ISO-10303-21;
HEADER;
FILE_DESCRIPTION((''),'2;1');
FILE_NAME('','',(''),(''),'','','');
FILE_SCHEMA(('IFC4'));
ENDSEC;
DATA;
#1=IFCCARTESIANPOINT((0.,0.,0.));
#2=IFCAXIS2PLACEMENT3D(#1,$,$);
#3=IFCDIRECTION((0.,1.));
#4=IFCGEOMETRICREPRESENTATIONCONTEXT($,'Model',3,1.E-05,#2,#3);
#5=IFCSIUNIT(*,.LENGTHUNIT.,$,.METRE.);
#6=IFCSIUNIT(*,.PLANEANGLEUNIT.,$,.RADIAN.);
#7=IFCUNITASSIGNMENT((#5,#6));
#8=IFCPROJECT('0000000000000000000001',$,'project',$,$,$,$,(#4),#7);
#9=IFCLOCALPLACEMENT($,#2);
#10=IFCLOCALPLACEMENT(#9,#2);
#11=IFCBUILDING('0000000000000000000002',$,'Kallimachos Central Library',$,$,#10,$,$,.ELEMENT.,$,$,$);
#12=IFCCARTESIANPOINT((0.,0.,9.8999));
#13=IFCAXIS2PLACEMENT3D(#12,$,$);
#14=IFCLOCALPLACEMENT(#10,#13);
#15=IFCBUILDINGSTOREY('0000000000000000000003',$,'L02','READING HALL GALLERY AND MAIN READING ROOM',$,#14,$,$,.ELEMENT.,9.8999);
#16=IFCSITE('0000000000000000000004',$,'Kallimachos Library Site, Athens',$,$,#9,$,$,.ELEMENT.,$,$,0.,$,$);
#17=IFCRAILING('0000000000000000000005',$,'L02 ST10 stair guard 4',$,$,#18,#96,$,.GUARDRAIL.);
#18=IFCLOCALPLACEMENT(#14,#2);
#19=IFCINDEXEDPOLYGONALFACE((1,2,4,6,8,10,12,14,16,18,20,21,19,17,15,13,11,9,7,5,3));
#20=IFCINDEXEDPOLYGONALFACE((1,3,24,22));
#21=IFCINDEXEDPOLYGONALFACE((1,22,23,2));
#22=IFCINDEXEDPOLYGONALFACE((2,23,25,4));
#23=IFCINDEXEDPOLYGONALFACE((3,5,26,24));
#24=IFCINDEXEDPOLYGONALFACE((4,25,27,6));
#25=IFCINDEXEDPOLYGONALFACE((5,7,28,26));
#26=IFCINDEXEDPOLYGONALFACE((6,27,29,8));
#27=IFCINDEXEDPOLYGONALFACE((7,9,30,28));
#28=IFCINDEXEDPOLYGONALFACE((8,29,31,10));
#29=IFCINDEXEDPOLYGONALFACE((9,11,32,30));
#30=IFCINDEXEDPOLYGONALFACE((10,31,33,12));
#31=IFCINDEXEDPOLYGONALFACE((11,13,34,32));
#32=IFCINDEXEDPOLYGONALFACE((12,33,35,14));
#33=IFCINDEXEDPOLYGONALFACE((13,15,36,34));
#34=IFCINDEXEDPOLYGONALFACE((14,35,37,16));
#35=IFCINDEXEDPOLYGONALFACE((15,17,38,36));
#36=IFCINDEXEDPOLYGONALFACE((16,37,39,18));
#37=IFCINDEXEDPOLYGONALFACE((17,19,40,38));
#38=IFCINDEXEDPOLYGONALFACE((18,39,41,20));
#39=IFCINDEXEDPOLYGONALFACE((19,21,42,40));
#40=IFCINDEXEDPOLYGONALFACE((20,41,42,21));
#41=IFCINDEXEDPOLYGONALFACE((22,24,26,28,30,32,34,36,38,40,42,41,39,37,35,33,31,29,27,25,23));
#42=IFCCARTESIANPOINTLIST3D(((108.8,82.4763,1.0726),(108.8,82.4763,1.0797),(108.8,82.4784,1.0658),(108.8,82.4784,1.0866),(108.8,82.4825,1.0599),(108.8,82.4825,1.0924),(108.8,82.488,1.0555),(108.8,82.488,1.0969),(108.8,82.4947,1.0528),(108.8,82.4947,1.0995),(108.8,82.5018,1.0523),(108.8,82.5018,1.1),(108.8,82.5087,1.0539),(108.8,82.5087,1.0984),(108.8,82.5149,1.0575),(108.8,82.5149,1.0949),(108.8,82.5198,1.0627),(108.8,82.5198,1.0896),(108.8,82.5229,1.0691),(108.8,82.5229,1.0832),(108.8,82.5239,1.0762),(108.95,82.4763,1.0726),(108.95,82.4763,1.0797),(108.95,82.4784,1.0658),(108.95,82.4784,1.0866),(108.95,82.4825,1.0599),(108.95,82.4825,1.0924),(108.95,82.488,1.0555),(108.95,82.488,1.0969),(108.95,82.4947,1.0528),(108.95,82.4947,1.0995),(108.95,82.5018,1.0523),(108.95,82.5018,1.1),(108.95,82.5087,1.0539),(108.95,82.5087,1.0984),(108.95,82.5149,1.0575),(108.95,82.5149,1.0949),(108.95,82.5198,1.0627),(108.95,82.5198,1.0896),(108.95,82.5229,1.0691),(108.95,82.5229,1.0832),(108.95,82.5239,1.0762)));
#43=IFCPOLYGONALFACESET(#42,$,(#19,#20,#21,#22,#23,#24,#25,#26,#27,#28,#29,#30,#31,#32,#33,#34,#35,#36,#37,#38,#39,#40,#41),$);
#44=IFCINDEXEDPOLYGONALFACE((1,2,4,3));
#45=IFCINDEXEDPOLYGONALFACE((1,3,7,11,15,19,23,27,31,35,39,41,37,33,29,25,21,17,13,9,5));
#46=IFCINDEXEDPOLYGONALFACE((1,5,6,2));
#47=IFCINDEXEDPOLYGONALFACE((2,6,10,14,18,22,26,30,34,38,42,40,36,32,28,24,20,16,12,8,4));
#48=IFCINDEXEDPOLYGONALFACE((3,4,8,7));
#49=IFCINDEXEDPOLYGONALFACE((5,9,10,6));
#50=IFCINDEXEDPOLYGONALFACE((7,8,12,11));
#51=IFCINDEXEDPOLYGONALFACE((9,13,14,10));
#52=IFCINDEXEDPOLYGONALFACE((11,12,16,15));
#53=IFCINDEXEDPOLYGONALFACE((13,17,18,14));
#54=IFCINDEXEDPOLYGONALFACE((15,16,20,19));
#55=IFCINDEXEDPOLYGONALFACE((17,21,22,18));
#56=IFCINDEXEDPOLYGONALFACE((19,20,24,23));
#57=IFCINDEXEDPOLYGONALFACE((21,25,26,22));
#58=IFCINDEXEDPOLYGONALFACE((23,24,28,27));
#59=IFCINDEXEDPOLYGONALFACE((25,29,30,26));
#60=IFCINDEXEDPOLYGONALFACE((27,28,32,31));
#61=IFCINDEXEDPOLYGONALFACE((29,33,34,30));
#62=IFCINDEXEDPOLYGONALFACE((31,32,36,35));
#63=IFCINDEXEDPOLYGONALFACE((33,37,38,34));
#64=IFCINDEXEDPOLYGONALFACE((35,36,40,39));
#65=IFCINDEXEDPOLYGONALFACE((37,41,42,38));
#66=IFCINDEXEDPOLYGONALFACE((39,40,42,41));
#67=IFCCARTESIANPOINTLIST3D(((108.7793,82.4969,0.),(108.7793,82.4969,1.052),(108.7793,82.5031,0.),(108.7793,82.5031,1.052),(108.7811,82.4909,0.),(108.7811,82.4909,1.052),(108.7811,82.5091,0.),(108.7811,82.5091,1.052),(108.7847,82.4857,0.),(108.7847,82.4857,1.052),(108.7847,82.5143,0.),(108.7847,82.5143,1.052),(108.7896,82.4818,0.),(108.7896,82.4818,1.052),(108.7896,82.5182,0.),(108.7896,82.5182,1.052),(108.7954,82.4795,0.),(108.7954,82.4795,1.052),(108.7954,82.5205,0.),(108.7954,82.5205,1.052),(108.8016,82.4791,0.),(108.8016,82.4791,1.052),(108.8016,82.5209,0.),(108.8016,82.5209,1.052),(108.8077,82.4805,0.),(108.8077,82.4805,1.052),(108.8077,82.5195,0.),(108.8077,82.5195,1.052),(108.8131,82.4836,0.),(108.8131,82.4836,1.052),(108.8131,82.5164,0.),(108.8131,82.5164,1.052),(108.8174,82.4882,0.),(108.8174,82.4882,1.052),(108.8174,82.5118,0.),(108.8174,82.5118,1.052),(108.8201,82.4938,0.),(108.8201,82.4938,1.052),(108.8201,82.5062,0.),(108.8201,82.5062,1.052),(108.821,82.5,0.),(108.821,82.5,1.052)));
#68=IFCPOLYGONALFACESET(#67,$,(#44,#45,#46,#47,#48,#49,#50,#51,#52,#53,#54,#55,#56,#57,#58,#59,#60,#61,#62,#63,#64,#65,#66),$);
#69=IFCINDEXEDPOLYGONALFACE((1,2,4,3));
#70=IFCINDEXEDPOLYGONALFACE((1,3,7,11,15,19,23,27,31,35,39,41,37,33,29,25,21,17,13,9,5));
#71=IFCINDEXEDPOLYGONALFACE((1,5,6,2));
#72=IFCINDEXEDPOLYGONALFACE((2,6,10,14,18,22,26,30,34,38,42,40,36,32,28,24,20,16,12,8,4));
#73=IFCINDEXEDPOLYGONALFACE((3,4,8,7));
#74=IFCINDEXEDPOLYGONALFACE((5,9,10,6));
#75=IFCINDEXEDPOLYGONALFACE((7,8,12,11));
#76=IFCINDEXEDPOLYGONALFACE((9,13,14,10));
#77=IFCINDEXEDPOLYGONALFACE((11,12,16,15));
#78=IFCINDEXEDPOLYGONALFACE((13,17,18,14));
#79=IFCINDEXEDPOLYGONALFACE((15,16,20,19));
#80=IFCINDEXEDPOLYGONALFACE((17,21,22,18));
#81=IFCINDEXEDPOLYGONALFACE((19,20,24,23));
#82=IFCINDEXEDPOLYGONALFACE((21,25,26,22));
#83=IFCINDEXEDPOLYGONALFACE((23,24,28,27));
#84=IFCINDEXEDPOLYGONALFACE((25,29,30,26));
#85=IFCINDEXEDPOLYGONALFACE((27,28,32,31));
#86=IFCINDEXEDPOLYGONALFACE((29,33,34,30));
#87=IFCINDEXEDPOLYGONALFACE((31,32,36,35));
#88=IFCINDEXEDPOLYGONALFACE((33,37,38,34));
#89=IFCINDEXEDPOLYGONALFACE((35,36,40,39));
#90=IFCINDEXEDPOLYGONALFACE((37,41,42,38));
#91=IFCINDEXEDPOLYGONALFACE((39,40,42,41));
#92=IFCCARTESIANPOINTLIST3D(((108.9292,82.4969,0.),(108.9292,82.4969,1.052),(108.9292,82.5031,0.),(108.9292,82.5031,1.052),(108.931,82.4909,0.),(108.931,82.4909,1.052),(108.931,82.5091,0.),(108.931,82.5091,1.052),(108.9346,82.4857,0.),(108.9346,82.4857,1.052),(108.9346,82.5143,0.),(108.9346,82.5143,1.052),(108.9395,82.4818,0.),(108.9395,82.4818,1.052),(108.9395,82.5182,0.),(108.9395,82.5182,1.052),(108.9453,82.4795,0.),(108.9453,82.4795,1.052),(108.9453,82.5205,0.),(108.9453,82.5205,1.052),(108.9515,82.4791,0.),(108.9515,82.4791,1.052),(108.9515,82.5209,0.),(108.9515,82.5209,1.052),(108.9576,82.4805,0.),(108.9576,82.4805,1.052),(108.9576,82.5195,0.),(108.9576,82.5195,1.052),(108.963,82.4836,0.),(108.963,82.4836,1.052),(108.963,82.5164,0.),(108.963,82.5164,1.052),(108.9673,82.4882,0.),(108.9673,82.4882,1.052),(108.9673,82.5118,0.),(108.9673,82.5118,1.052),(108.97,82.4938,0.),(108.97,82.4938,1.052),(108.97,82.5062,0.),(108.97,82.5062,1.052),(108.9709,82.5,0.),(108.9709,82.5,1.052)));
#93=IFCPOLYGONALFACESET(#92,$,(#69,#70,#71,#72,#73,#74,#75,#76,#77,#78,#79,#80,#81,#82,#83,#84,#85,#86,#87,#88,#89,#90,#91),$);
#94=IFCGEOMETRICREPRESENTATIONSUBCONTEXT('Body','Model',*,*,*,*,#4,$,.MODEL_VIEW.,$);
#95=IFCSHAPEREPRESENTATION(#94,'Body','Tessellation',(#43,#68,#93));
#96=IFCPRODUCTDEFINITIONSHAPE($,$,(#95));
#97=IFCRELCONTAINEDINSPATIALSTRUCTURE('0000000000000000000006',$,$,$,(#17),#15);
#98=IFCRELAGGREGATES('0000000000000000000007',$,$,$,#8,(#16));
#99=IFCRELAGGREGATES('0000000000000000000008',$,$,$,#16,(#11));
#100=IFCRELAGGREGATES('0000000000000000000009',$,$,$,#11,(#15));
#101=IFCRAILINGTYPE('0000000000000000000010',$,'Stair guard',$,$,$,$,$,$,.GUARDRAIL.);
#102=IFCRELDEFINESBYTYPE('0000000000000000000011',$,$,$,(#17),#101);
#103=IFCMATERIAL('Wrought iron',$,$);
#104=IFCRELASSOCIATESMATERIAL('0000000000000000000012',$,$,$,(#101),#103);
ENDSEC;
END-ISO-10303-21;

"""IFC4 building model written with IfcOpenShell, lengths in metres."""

from ifc_helpers import new_model, si_unit, direction, frame, origin, origin_2d, place, context, subcontext, project, spatial, circle, extrude, material, type_object, element, save


model = new_model("IFC4")

# Units and contexts
model_context = context("Model", 3, precision=1e-05, world=origin(), true_north=direction((0.0, 1.0)))
body_context = subcontext(model_context, "Body", "Model", "MODEL_VIEW")
ifc_project = project(units=[si_unit("LENGTHUNIT", "METRE"), si_unit("PLANEANGLEUNIT", "RADIAN")], contexts=[model_context])

# Site, building, storey
site_placement = place(None, origin())
site = spatial("IfcSite", under=ifc_project, at=site_placement, Name="Kallimachos Library Site, Athens", CompositionType="ELEMENT", RefElevation=0.0)
building_placement = place(site_placement, origin())
building = spatial("IfcBuilding", under=site, at=building_placement, Name="Kallimachos Central Library", CompositionType="ELEMENT")
storey_placement = place(building_placement, frame((0.0, 0.0, 9.8999)))
storey = spatial("IfcBuildingStorey", under=building, at=storey_placement, Name="L02", Description="READING HALL GALLERY AND MAIN READING ROOM", CompositionType="ELEMENT", Elevation=9.8999)

# Railing
ifc_material_1 = material(Name="Wrought iron")
railing_type_1 = type_object("IfcRailingType", Name="Stair guard", PredefinedType="GUARDRAIL", material=ifc_material_1)
railing_1_placement = place(storey_placement, frame((108.8, 82.5, 0.0)))
element("IfcRailing", 1, at=railing_1_placement, inside=storey, type_object=railing_type_1, Name="L02 ST10 stair guard 4", PredefinedType="GUARDRAIL", context=body_context, shape_type="SweptSolid", body=[
    extrude(circle(Radius=0.0239, at=origin_2d()), frame((0.0, 0.0, 1.0762), z_axis=(1.0, 0.0, 0.0), x_axis=(0.0, 1.0, 0.0)), (0.0, 0.0, 1.0), 0.1499),
    extrude(circle(Radius=0.021, at=origin_2d()), origin(), (0.0, 0.0, 1.0), 1.052),
    extrude(circle(Radius=0.021, at=origin_2d()), frame((0.1499, 0.0, 0.0)), (0.0, 0.0, 1.0), 1.052),
])

save(model, "model.ifc")
